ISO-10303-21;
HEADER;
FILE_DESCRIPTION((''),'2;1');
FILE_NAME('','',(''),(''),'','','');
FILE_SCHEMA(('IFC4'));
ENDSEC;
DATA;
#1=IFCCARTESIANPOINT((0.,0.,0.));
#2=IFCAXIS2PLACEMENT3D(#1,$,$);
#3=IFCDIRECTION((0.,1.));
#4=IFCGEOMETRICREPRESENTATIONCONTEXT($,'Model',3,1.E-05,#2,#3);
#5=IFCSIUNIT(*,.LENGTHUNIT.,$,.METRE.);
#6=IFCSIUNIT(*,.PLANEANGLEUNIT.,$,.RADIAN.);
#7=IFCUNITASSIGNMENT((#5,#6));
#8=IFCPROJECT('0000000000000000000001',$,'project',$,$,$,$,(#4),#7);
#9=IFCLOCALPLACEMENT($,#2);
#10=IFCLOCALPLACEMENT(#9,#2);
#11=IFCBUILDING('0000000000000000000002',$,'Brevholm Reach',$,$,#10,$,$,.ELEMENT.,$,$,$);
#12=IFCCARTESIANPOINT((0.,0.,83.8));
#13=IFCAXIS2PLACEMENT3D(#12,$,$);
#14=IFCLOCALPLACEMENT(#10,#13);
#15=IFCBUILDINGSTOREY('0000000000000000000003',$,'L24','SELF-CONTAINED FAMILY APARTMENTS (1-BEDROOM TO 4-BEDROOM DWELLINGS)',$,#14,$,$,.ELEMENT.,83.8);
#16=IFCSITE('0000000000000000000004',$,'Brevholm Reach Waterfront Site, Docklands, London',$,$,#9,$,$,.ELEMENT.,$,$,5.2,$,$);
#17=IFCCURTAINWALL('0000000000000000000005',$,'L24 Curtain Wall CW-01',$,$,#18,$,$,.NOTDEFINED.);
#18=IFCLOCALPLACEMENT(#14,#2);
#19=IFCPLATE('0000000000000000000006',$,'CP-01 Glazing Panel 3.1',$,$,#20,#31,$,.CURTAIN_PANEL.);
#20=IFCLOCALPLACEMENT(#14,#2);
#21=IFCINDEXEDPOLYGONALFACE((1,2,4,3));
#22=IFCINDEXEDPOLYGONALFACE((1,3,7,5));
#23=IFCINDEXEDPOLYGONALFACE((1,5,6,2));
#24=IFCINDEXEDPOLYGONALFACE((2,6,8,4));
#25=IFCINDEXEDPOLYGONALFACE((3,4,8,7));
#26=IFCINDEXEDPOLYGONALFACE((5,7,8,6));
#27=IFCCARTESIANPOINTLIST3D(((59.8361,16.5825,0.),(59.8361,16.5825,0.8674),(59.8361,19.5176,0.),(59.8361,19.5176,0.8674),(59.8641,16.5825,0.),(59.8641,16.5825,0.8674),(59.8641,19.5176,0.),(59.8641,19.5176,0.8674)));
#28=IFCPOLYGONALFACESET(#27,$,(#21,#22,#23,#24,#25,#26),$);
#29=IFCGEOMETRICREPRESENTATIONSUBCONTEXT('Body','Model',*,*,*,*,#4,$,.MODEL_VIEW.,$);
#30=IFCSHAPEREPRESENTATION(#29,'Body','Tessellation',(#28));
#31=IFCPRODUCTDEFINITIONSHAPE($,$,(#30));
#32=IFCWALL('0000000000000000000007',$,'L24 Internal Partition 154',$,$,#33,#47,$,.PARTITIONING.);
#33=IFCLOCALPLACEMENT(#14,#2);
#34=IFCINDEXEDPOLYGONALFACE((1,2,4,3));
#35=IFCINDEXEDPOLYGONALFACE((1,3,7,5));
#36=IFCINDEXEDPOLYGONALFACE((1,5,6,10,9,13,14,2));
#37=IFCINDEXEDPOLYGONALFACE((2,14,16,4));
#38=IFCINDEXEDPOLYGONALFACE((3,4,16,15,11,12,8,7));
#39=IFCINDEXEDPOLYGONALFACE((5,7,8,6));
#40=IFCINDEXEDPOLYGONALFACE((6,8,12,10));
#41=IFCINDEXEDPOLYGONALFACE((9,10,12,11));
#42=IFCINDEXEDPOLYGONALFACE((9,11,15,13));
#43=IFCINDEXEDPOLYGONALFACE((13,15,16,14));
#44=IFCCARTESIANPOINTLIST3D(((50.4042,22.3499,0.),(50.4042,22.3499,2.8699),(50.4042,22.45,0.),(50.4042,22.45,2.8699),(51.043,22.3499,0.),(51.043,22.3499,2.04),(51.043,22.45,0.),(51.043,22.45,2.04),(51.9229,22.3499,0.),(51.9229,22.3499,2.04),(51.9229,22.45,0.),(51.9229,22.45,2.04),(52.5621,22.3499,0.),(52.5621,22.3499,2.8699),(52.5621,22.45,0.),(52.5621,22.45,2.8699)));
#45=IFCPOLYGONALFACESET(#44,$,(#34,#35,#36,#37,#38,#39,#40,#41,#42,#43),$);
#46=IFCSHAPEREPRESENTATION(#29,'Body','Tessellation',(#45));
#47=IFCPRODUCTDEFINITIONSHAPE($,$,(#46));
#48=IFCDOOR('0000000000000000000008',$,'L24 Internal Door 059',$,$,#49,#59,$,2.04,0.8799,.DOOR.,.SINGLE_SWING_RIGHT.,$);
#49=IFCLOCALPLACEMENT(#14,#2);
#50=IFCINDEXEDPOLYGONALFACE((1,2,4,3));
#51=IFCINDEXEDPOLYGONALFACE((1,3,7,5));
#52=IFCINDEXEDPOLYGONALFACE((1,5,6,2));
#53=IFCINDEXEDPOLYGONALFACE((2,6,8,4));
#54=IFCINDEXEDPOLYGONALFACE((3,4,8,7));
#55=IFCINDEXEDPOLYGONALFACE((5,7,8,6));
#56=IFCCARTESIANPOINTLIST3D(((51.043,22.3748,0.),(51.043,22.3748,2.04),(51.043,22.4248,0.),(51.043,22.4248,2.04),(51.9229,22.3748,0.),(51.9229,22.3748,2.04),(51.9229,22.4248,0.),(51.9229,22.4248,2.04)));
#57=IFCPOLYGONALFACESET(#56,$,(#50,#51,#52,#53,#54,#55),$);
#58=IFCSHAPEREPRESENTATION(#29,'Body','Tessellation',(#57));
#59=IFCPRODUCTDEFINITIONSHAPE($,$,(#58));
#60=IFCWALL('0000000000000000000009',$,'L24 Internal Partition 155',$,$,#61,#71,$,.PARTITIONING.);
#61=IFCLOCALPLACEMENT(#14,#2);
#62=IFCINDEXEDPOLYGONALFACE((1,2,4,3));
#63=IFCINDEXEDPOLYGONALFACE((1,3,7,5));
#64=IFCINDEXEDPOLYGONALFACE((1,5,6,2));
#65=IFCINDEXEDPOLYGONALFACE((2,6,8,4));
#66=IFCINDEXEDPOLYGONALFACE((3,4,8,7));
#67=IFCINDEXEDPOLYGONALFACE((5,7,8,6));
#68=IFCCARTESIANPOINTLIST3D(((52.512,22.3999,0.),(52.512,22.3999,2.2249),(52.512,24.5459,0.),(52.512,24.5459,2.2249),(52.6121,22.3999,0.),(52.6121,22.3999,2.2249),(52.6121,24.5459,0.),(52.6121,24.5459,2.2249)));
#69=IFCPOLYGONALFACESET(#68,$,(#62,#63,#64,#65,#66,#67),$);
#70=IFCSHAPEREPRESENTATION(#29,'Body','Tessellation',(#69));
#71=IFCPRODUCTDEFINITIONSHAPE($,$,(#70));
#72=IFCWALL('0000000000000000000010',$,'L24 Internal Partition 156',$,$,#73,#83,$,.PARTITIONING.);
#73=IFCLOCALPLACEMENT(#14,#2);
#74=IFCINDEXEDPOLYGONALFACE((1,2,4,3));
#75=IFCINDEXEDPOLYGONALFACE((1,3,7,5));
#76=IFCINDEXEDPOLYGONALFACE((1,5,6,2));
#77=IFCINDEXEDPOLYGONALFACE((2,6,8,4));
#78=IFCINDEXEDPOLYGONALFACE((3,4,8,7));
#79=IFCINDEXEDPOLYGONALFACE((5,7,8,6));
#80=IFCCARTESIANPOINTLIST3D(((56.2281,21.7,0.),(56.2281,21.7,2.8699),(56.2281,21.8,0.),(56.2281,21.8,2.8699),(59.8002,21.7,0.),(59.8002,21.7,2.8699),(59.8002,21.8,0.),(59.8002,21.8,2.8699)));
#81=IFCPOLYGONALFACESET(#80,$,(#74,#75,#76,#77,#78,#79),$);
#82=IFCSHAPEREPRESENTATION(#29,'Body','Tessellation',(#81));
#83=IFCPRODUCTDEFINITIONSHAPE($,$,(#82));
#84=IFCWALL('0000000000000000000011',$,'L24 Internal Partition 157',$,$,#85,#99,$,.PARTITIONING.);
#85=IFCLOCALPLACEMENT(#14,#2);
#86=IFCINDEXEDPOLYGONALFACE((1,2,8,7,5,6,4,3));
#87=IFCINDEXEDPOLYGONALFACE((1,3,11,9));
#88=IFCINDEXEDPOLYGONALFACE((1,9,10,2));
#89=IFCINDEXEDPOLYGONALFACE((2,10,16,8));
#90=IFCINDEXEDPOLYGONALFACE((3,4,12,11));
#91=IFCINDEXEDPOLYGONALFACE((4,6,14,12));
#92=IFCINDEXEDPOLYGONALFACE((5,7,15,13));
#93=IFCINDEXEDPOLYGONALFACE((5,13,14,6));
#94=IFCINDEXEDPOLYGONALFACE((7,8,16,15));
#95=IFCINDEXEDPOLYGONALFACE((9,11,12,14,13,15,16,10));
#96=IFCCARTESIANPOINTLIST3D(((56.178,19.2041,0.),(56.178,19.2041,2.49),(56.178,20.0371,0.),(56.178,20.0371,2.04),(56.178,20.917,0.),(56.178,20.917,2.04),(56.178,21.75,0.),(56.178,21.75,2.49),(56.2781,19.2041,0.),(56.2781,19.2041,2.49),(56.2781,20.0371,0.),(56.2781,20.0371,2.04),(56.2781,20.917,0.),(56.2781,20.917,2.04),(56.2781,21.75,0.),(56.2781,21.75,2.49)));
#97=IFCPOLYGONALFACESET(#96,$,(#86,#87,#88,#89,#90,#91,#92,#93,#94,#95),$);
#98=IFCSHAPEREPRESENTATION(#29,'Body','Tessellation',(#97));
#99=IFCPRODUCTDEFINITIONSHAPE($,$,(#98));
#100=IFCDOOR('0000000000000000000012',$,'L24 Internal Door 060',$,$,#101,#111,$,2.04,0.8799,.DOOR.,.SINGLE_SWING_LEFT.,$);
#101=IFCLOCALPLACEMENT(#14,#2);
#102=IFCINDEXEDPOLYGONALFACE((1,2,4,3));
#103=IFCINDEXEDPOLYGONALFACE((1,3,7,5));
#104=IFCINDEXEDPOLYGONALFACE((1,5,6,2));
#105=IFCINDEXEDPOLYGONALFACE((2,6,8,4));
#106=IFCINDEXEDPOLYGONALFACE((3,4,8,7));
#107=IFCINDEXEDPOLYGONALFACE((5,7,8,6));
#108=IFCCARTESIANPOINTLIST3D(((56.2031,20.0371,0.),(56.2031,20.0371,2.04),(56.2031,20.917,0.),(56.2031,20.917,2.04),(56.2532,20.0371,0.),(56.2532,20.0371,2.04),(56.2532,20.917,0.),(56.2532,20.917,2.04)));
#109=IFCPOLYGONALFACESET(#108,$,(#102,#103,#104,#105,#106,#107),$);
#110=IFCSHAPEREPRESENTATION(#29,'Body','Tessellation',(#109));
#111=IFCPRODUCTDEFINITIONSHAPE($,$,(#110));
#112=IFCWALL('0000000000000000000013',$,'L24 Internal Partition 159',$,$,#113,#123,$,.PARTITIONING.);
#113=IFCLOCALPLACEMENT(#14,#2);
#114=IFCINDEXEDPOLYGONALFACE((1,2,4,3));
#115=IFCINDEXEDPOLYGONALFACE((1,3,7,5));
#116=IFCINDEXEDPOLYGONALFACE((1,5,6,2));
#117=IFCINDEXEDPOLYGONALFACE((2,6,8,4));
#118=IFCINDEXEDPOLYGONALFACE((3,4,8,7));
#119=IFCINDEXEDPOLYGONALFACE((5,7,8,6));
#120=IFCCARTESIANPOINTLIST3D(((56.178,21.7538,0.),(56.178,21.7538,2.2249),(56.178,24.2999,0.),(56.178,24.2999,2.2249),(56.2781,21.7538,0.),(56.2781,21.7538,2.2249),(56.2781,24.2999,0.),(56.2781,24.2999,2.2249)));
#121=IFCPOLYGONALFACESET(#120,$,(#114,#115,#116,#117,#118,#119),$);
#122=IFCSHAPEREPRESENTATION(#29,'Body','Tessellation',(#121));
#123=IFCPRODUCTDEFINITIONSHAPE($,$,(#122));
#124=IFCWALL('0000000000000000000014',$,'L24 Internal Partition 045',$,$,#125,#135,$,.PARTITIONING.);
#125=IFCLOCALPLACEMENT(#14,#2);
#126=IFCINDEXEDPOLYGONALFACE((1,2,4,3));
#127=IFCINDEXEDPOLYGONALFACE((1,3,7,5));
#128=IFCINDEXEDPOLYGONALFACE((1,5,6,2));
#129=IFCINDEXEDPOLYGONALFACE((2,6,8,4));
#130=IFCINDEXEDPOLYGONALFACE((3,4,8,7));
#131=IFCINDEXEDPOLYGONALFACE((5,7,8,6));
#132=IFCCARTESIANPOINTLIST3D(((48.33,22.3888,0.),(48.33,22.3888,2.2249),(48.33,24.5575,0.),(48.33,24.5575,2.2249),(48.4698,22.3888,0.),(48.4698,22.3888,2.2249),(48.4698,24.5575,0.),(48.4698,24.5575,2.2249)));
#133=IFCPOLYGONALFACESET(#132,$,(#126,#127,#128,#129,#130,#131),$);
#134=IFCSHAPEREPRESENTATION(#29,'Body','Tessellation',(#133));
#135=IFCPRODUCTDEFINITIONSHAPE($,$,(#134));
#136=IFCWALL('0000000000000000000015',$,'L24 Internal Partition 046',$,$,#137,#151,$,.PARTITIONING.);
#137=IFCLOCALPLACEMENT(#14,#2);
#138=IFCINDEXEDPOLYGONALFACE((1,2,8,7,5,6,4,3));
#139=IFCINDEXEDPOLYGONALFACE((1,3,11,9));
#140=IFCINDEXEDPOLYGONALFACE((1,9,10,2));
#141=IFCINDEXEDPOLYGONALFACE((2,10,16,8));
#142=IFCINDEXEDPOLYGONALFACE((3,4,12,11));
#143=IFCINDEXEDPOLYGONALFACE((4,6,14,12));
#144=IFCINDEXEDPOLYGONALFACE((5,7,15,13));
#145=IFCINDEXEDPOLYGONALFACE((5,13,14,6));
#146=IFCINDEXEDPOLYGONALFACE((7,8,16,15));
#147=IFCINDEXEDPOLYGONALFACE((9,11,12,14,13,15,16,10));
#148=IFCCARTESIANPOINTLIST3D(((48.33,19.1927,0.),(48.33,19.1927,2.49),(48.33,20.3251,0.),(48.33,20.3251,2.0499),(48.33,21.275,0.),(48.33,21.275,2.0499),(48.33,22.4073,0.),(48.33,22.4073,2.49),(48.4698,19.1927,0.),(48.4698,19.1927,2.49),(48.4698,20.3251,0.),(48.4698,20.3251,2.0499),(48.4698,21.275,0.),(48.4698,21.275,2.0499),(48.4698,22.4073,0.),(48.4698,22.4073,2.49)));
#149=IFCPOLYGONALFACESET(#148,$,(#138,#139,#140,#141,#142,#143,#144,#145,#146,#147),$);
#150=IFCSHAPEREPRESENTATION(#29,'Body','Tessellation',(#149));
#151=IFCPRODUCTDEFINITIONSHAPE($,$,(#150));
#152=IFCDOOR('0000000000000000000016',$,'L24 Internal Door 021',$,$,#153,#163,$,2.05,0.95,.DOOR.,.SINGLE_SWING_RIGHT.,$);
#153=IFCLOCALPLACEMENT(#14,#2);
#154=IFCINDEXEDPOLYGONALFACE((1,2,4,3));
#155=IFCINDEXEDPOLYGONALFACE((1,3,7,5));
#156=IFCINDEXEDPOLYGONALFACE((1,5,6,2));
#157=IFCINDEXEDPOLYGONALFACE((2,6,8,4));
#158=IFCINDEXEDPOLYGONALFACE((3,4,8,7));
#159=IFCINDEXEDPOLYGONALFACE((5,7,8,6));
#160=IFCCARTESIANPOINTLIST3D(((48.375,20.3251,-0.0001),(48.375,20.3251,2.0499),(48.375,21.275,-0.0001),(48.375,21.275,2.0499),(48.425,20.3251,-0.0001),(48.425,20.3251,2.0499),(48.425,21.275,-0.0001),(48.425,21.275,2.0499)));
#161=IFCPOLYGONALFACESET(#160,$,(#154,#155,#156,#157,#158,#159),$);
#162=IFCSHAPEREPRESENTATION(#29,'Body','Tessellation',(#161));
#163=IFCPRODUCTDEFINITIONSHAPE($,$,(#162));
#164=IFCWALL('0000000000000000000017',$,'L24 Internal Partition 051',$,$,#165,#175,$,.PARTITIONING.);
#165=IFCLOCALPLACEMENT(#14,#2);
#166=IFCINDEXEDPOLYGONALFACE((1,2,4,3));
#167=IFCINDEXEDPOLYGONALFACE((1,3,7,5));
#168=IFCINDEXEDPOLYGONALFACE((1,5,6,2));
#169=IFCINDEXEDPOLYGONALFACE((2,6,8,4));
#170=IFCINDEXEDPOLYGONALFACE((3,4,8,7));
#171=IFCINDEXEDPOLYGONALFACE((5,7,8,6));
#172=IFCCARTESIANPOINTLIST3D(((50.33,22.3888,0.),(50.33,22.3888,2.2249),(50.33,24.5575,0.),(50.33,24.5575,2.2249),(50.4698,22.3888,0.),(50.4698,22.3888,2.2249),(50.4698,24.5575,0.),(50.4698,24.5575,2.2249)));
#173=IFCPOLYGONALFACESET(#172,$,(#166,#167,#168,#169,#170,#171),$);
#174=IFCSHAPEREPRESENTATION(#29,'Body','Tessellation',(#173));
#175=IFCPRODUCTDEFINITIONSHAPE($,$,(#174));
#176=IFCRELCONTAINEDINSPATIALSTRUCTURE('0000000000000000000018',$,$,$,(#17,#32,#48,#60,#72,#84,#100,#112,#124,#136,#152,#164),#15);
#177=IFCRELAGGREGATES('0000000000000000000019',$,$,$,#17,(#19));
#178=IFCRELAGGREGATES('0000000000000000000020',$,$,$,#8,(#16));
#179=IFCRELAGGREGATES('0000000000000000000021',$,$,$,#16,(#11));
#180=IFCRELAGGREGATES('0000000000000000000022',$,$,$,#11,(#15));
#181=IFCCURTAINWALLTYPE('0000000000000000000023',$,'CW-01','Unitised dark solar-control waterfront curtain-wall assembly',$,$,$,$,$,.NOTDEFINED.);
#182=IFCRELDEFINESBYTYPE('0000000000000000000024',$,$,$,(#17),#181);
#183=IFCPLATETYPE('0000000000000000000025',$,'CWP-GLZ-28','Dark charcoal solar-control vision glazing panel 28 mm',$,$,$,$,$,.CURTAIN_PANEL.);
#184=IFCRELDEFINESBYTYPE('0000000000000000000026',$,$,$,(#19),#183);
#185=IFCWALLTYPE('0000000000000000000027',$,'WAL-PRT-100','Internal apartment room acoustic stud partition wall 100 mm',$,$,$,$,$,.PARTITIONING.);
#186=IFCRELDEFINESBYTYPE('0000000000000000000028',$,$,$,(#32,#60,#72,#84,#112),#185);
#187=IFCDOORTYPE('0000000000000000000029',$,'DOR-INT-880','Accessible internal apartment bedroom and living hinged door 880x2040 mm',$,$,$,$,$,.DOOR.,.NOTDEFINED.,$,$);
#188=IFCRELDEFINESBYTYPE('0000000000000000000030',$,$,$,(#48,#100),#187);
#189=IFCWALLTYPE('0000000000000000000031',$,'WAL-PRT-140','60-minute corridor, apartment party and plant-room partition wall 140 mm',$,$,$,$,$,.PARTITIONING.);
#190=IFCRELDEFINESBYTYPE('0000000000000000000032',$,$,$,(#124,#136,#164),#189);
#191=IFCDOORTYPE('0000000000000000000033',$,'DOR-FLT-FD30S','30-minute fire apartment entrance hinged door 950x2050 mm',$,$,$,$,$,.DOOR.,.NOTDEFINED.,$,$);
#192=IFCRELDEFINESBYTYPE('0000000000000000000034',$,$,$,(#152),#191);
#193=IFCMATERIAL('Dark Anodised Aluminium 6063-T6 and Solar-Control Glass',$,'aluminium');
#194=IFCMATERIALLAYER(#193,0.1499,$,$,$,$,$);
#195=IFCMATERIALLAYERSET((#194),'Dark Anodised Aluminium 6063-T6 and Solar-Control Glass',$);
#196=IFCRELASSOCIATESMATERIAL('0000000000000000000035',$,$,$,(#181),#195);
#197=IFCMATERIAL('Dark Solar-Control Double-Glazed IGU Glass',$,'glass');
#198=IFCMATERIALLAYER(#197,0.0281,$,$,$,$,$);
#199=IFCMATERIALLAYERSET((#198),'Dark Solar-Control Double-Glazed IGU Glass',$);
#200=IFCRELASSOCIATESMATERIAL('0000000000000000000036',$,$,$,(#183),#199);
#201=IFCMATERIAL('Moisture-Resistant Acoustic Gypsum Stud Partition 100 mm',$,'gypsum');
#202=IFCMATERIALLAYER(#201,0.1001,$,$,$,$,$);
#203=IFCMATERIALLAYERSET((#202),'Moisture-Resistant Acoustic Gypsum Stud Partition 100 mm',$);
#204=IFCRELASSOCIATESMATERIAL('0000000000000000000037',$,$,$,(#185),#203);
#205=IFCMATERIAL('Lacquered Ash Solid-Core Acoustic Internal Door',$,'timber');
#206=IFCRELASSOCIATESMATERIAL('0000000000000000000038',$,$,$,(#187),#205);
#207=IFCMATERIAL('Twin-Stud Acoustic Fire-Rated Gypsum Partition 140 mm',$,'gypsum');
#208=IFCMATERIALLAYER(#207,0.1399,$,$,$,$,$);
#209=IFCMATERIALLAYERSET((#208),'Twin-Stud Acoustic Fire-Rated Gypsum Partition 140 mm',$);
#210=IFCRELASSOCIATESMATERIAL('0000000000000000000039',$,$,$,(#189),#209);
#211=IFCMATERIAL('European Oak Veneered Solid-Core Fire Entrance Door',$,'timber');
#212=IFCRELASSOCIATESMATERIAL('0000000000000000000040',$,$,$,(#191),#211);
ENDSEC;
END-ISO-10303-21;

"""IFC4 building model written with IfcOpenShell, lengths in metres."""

from ifc_helpers import new_model, si_unit, direction, frame, frame_2d, origin, origin_2d, place, context, subcontext, project, spatial, rectangle, extrude, material, layer, layer_set, type_object, element, fill, aggregate, save


model = new_model("IFC4")

# Units and contexts
model_context = context("Model", 3, precision=1e-05, world=origin(), true_north=direction((0.0, 1.0)))
body_context = subcontext(model_context, "Body", "Model", "MODEL_VIEW")
ifc_project = project(units=[si_unit("LENGTHUNIT", "METRE"), si_unit("PLANEANGLEUNIT", "RADIAN")], contexts=[model_context])

# Site, building, storey
site_placement = place(None, origin())
site = spatial("IfcSite", under=ifc_project, at=site_placement, Name="Brevholm Reach Waterfront Site, Docklands, London", CompositionType="ELEMENT", RefElevation=5.2)
building_placement = place(site_placement, origin())
building = spatial("IfcBuilding", under=site, at=building_placement, Name="Brevholm Reach", CompositionType="ELEMENT")
storey_placement = place(building_placement, frame((0.0, 0.0, 83.8)))
storey = spatial("IfcBuildingStorey", under=building, at=storey_placement, Name="L24", Description="SELF-CONTAINED FAMILY APARTMENTS (1-BEDROOM TO 4-BEDROOM DWELLINGS)", CompositionType="ELEMENT", Elevation=83.8)

# Curtain wall, plate
ifc_material_1 = material(Name="Dark Anodised Aluminium 6063-T6 and Solar-Control Glass", Category="aluminium")
ifc_layer_1 = layer(ifc_material_1, 0.1499)
ifc_layer_set_1 = layer_set([ifc_layer_1], Name="Dark Anodised Aluminium 6063-T6 and Solar-Control Glass")
curtain_wall_type = type_object("IfcCurtainWallType", Name="CW-01", Description="Unitised dark solar-control waterfront curtain-wall assembly", PredefinedType="NOTDEFINED", material=ifc_layer_set_1)
curtain_wall_placement = place(storey_placement, origin())
curtain_wall = element("IfcCurtainWall", 1, at=curtain_wall_placement, inside=storey, type_object=curtain_wall_type, Name="L24 Curtain Wall CW-01", PredefinedType="NOTDEFINED")
ifc_material_2 = material(Name="Dark Solar-Control Double-Glazed IGU Glass", Category="glass")
ifc_layer_2 = layer(ifc_material_2, 0.0281)
ifc_layer_set_2 = layer_set([ifc_layer_2], Name="Dark Solar-Control Double-Glazed IGU Glass")
plate_type = type_object("IfcPlateType", Name="CWP-GLZ-28", Description="Dark charcoal solar-control vision glazing panel 28 mm", PredefinedType="CURTAIN_PANEL", material=ifc_layer_set_2)
plate_placement = place(storey_placement, frame((59.8501, 18.05, 0.0), z_axis=(0.0, 0.0, 1.0), x_axis=(0.0, 1.0, 0.0)))
plate = element("IfcPlate", 2, at=plate_placement, type_object=plate_type, Name="CP-01 Glazing Panel 3.1", PredefinedType="CURTAIN_PANEL", context=body_context, shape_type="SweptSolid", body=[
    extrude(rectangle(XDim=2.9351, YDim=0.0281, at=origin_2d()), origin(), (0.0, 0.0, 1.0), 0.8674),
])
aggregate(curtain_wall, [plate])

# Wall, opening, door
ifc_material_3 = material(Name="Moisture-Resistant Acoustic Gypsum Stud Partition 100 mm", Category="gypsum")
ifc_layer_3 = layer(ifc_material_3, 0.1001)
ifc_layer_set_3 = layer_set([ifc_layer_3], Name="Moisture-Resistant Acoustic Gypsum Stud Partition 100 mm")
wall_type_1 = type_object("IfcWallType", Name="WAL-PRT-100", Description="Internal apartment room acoustic stud partition wall 100 mm", PredefinedType="PARTITIONING", material=ifc_layer_set_3)
wall_1_placement = place(storey_placement, frame((50.4041, 22.3999, 0.0), z_axis=(0.0, 0.0, 1.0), x_axis=(1.0, 0.0, 0.0)))
wall_1 = element("IfcWall", 3, at=wall_1_placement, inside=storey, type_object=wall_type_1, Name="L24 Internal Partition 154", PredefinedType="PARTITIONING", context=body_context, shape_type="SweptSolid", body=[
    extrude(rectangle(XDim=2.158, YDim=0.1001, at=frame_2d((1.0791, 0.0))), origin(), (0.0, 0.0, 1.0), 2.8699),
])
opening_1_placement = place(wall_1_placement, frame((0.6389, 0.0, 0.0)))
opening_1 = element("IfcOpeningElement", 4, at=opening_1_placement, cuts=wall_1, PredefinedType="OPENING", context=body_context, shape_type="SweptSolid", body=[
    extrude(rectangle(XDim=0.8799, YDim=2.04, at=frame_2d((0.4399, 1.02))), frame((0.0, 0.0601, 0.0), z_axis=(0.0, -1.0, 0.0), x_axis=(1.0, 0.0, 0.0)), (0.0, 0.0, 1.0), 0.1201),
])
ifc_material_4 = material(Name="Lacquered Ash Solid-Core Acoustic Internal Door", Category="timber")
door_type_1 = type_object("IfcDoorType", Name="DOR-INT-880", Description="Accessible internal apartment bedroom and living hinged door 880x2040 mm", OperationType="NOTDEFINED", PredefinedType="DOOR", material=ifc_material_4)
door_1_placement = place(opening_1_placement, origin())
door_1 = element("IfcDoor", 5, at=door_1_placement, inside=storey, type_object=door_type_1, Name="L24 Internal Door 059", OperationType="SINGLE_SWING_RIGHT", OverallHeight=2.04, OverallWidth=0.8799, PredefinedType="DOOR", context=body_context, shape_type="SweptSolid", body=[
    extrude(rectangle(XDim=0.8799, YDim=2.04, at=frame_2d((0.4399, 1.02))), frame((0.0, 0.0249, 0.0), z_axis=(0.0, -1.0, 0.0), x_axis=(1.0, 0.0, 0.0)), (0.0, 0.0, 1.0), 0.05),
])
fill(opening_1, door_1)

# Walls
wall_2_placement = place(storey_placement, frame((52.562, 22.3999, 0.0), z_axis=(0.0, 0.0, 1.0), x_axis=(0.0, 1.0, 0.0)))
element("IfcWall", 6, at=wall_2_placement, inside=storey, type_object=wall_type_1, Name="L24 Internal Partition 155", PredefinedType="PARTITIONING", context=body_context, shape_type="SweptSolid", body=[
    extrude(rectangle(XDim=2.146, YDim=0.1001, at=frame_2d((1.073, 0.0))), origin(), (0.0, 0.0, 1.0), 2.2249),
])
wall_3_placement = place(storey_placement, frame((56.228, 21.75, 0.0), z_axis=(0.0, 0.0, 1.0), x_axis=(1.0, 0.0, 0.0)))
element("IfcWall", 7, at=wall_3_placement, inside=storey, type_object=wall_type_1, Name="L24 Internal Partition 156", PredefinedType="PARTITIONING", context=body_context, shape_type="SweptSolid", body=[
    extrude(rectangle(XDim=3.572, YDim=0.1001, at=frame_2d((1.7861, 0.0))), origin(), (0.0, 0.0, 1.0), 2.8699),
])

# Wall, opening, door
wall_4_placement = place(storey_placement, frame((56.228, 19.2041, 0.0), z_axis=(0.0, 0.0, 1.0), x_axis=(0.0, 1.0, 0.0)))
wall_4 = element("IfcWall", 8, at=wall_4_placement, inside=storey, type_object=wall_type_1, Name="L24 Internal Partition 157", PredefinedType="PARTITIONING", context=body_context, shape_type="SweptSolid", body=[
    extrude(rectangle(XDim=2.5459, YDim=0.1001, at=frame_2d((1.2729, 0.0))), origin(), (0.0, 0.0, 1.0), 2.49),
])
opening_2_placement = place(wall_4_placement, frame((0.833, 0.0, 0.0)))
opening_2 = element("IfcOpeningElement", 9, at=opening_2_placement, cuts=wall_4, PredefinedType="OPENING", context=body_context, shape_type="SweptSolid", body=[
    extrude(rectangle(XDim=0.8799, YDim=2.04, at=frame_2d((0.4399, 1.02))), frame((0.0, 0.0601, 0.0), z_axis=(0.0, -1.0, 0.0), x_axis=(1.0, 0.0, 0.0)), (0.0, 0.0, 1.0), 0.1201),
])
door_2_placement = place(opening_2_placement, origin())
door_2 = element("IfcDoor", 10, at=door_2_placement, inside=storey, type_object=door_type_1, Name="L24 Internal Door 060", OperationType="SINGLE_SWING_LEFT", OverallHeight=2.04, OverallWidth=0.8799, PredefinedType="DOOR", context=body_context, shape_type="SweptSolid", body=[
    extrude(rectangle(XDim=0.8799, YDim=2.04, at=frame_2d((0.4399, 1.02))), frame((0.0, 0.0249, 0.0), z_axis=(0.0, -1.0, 0.0), x_axis=(1.0, 0.0, 0.0)), (0.0, 0.0, 1.0), 0.05),
])
fill(opening_2, door_2)

# Walls
wall_5_placement = place(storey_placement, frame((56.228, 21.7539, 0.0), z_axis=(0.0, 0.0, 1.0), x_axis=(0.0, 1.0, 0.0)))
element("IfcWall", 11, at=wall_5_placement, inside=storey, type_object=wall_type_1, Name="L24 Internal Partition 159", PredefinedType="PARTITIONING", context=body_context, shape_type="SweptSolid", body=[
    extrude(rectangle(XDim=2.5461, YDim=0.1001, at=frame_2d((1.2729, 0.0))), origin(), (0.0, 0.0, 1.0), 2.2249),
])
ifc_material_5 = material(Name="Twin-Stud Acoustic Fire-Rated Gypsum Partition 140 mm", Category="gypsum")
ifc_layer_4 = layer(ifc_material_5, 0.1399)
ifc_layer_set_4 = layer_set([ifc_layer_4], Name="Twin-Stud Acoustic Fire-Rated Gypsum Partition 140 mm")
wall_type_2 = type_object("IfcWallType", Name="WAL-PRT-140", Description="60-minute corridor, apartment party and plant-room partition wall 140 mm", PredefinedType="PARTITIONING", material=ifc_layer_set_4)
wall_6_placement = place(storey_placement, frame((48.3999, 22.3887, 0.0), z_axis=(0.0, 0.0, 1.0), x_axis=(0.0, 1.0, 0.0)))
element("IfcWall", 12, at=wall_6_placement, inside=storey, type_object=wall_type_2, Name="L24 Internal Partition 045", PredefinedType="PARTITIONING", context=body_context, shape_type="SweptSolid", body=[
    extrude(rectangle(XDim=2.1687, YDim=0.1399, at=frame_2d((1.0845, 0.0))), origin(), (0.0, 0.0, 1.0), 2.2249),
])

# Wall, opening, door
wall_7_placement = place(storey_placement, frame((48.3999, 19.1926, 0.0), z_axis=(0.0, 0.0, 1.0), x_axis=(0.0, 1.0, 0.0)))
wall_7 = element("IfcWall", 13, at=wall_7_placement, inside=storey, type_object=wall_type_2, Name="L24 Internal Partition 046", PredefinedType="PARTITIONING", context=body_context, shape_type="SweptSolid", body=[
    extrude(rectangle(XDim=3.2146, YDim=0.1399, at=frame_2d((1.6074, 0.0))), origin(), (0.0, 0.0, 1.0), 2.49),
])
opening_3_placement = place(wall_7_placement, frame((1.1323, 0.0, 0.0)))
opening_3 = element("IfcOpeningElement", 14, at=opening_3_placement, cuts=wall_7, PredefinedType="OPENING", context=body_context, shape_type="SweptSolid", body=[
    extrude(rectangle(XDim=0.95, YDim=2.05, at=frame_2d((0.4751, 1.0249))), frame((0.0, 0.0798, 0.0), z_axis=(0.0, -1.0, 0.0), x_axis=(1.0, 0.0, 0.0)), (0.0, 0.0, 1.0), 0.1599),
])
ifc_material_6 = material(Name="European Oak Veneered Solid-Core Fire Entrance Door", Category="timber")
door_type_2 = type_object("IfcDoorType", Name="DOR-FLT-FD30S", Description="30-minute fire apartment entrance hinged door 950x2050 mm", OperationType="NOTDEFINED", PredefinedType="DOOR", material=ifc_material_6)
door_3_placement = place(opening_3_placement, origin())
door_3 = element("IfcDoor", 15, at=door_3_placement, inside=storey, type_object=door_type_2, Name="L24 Internal Door 021", OperationType="SINGLE_SWING_RIGHT", OverallHeight=2.05, OverallWidth=0.95, PredefinedType="DOOR", context=body_context, shape_type="SweptSolid", body=[
    extrude(rectangle(XDim=0.95, YDim=2.05, at=frame_2d((0.4751, 1.0249))), frame((0.0, 0.0249, 0.0), z_axis=(0.0, -1.0, 0.0), x_axis=(1.0, 0.0, 0.0)), (0.0, 0.0, 1.0), 0.05),
])
fill(opening_3, door_3)

# Wall
wall_8_placement = place(storey_placement, frame((50.3999, 22.3887, 0.0), z_axis=(0.0, 0.0, 1.0), x_axis=(0.0, 1.0, 0.0)))
element("IfcWall", 16, at=wall_8_placement, inside=storey, type_object=wall_type_2, Name="L24 Internal Partition 051", PredefinedType="PARTITIONING", context=body_context, shape_type="SweptSolid", body=[
    extrude(rectangle(XDim=2.1687, YDim=0.1399, at=frame_2d((1.0845, 0.0))), origin(), (0.0, 0.0, 1.0), 2.2249),
])

save(model, "model.ifc")
